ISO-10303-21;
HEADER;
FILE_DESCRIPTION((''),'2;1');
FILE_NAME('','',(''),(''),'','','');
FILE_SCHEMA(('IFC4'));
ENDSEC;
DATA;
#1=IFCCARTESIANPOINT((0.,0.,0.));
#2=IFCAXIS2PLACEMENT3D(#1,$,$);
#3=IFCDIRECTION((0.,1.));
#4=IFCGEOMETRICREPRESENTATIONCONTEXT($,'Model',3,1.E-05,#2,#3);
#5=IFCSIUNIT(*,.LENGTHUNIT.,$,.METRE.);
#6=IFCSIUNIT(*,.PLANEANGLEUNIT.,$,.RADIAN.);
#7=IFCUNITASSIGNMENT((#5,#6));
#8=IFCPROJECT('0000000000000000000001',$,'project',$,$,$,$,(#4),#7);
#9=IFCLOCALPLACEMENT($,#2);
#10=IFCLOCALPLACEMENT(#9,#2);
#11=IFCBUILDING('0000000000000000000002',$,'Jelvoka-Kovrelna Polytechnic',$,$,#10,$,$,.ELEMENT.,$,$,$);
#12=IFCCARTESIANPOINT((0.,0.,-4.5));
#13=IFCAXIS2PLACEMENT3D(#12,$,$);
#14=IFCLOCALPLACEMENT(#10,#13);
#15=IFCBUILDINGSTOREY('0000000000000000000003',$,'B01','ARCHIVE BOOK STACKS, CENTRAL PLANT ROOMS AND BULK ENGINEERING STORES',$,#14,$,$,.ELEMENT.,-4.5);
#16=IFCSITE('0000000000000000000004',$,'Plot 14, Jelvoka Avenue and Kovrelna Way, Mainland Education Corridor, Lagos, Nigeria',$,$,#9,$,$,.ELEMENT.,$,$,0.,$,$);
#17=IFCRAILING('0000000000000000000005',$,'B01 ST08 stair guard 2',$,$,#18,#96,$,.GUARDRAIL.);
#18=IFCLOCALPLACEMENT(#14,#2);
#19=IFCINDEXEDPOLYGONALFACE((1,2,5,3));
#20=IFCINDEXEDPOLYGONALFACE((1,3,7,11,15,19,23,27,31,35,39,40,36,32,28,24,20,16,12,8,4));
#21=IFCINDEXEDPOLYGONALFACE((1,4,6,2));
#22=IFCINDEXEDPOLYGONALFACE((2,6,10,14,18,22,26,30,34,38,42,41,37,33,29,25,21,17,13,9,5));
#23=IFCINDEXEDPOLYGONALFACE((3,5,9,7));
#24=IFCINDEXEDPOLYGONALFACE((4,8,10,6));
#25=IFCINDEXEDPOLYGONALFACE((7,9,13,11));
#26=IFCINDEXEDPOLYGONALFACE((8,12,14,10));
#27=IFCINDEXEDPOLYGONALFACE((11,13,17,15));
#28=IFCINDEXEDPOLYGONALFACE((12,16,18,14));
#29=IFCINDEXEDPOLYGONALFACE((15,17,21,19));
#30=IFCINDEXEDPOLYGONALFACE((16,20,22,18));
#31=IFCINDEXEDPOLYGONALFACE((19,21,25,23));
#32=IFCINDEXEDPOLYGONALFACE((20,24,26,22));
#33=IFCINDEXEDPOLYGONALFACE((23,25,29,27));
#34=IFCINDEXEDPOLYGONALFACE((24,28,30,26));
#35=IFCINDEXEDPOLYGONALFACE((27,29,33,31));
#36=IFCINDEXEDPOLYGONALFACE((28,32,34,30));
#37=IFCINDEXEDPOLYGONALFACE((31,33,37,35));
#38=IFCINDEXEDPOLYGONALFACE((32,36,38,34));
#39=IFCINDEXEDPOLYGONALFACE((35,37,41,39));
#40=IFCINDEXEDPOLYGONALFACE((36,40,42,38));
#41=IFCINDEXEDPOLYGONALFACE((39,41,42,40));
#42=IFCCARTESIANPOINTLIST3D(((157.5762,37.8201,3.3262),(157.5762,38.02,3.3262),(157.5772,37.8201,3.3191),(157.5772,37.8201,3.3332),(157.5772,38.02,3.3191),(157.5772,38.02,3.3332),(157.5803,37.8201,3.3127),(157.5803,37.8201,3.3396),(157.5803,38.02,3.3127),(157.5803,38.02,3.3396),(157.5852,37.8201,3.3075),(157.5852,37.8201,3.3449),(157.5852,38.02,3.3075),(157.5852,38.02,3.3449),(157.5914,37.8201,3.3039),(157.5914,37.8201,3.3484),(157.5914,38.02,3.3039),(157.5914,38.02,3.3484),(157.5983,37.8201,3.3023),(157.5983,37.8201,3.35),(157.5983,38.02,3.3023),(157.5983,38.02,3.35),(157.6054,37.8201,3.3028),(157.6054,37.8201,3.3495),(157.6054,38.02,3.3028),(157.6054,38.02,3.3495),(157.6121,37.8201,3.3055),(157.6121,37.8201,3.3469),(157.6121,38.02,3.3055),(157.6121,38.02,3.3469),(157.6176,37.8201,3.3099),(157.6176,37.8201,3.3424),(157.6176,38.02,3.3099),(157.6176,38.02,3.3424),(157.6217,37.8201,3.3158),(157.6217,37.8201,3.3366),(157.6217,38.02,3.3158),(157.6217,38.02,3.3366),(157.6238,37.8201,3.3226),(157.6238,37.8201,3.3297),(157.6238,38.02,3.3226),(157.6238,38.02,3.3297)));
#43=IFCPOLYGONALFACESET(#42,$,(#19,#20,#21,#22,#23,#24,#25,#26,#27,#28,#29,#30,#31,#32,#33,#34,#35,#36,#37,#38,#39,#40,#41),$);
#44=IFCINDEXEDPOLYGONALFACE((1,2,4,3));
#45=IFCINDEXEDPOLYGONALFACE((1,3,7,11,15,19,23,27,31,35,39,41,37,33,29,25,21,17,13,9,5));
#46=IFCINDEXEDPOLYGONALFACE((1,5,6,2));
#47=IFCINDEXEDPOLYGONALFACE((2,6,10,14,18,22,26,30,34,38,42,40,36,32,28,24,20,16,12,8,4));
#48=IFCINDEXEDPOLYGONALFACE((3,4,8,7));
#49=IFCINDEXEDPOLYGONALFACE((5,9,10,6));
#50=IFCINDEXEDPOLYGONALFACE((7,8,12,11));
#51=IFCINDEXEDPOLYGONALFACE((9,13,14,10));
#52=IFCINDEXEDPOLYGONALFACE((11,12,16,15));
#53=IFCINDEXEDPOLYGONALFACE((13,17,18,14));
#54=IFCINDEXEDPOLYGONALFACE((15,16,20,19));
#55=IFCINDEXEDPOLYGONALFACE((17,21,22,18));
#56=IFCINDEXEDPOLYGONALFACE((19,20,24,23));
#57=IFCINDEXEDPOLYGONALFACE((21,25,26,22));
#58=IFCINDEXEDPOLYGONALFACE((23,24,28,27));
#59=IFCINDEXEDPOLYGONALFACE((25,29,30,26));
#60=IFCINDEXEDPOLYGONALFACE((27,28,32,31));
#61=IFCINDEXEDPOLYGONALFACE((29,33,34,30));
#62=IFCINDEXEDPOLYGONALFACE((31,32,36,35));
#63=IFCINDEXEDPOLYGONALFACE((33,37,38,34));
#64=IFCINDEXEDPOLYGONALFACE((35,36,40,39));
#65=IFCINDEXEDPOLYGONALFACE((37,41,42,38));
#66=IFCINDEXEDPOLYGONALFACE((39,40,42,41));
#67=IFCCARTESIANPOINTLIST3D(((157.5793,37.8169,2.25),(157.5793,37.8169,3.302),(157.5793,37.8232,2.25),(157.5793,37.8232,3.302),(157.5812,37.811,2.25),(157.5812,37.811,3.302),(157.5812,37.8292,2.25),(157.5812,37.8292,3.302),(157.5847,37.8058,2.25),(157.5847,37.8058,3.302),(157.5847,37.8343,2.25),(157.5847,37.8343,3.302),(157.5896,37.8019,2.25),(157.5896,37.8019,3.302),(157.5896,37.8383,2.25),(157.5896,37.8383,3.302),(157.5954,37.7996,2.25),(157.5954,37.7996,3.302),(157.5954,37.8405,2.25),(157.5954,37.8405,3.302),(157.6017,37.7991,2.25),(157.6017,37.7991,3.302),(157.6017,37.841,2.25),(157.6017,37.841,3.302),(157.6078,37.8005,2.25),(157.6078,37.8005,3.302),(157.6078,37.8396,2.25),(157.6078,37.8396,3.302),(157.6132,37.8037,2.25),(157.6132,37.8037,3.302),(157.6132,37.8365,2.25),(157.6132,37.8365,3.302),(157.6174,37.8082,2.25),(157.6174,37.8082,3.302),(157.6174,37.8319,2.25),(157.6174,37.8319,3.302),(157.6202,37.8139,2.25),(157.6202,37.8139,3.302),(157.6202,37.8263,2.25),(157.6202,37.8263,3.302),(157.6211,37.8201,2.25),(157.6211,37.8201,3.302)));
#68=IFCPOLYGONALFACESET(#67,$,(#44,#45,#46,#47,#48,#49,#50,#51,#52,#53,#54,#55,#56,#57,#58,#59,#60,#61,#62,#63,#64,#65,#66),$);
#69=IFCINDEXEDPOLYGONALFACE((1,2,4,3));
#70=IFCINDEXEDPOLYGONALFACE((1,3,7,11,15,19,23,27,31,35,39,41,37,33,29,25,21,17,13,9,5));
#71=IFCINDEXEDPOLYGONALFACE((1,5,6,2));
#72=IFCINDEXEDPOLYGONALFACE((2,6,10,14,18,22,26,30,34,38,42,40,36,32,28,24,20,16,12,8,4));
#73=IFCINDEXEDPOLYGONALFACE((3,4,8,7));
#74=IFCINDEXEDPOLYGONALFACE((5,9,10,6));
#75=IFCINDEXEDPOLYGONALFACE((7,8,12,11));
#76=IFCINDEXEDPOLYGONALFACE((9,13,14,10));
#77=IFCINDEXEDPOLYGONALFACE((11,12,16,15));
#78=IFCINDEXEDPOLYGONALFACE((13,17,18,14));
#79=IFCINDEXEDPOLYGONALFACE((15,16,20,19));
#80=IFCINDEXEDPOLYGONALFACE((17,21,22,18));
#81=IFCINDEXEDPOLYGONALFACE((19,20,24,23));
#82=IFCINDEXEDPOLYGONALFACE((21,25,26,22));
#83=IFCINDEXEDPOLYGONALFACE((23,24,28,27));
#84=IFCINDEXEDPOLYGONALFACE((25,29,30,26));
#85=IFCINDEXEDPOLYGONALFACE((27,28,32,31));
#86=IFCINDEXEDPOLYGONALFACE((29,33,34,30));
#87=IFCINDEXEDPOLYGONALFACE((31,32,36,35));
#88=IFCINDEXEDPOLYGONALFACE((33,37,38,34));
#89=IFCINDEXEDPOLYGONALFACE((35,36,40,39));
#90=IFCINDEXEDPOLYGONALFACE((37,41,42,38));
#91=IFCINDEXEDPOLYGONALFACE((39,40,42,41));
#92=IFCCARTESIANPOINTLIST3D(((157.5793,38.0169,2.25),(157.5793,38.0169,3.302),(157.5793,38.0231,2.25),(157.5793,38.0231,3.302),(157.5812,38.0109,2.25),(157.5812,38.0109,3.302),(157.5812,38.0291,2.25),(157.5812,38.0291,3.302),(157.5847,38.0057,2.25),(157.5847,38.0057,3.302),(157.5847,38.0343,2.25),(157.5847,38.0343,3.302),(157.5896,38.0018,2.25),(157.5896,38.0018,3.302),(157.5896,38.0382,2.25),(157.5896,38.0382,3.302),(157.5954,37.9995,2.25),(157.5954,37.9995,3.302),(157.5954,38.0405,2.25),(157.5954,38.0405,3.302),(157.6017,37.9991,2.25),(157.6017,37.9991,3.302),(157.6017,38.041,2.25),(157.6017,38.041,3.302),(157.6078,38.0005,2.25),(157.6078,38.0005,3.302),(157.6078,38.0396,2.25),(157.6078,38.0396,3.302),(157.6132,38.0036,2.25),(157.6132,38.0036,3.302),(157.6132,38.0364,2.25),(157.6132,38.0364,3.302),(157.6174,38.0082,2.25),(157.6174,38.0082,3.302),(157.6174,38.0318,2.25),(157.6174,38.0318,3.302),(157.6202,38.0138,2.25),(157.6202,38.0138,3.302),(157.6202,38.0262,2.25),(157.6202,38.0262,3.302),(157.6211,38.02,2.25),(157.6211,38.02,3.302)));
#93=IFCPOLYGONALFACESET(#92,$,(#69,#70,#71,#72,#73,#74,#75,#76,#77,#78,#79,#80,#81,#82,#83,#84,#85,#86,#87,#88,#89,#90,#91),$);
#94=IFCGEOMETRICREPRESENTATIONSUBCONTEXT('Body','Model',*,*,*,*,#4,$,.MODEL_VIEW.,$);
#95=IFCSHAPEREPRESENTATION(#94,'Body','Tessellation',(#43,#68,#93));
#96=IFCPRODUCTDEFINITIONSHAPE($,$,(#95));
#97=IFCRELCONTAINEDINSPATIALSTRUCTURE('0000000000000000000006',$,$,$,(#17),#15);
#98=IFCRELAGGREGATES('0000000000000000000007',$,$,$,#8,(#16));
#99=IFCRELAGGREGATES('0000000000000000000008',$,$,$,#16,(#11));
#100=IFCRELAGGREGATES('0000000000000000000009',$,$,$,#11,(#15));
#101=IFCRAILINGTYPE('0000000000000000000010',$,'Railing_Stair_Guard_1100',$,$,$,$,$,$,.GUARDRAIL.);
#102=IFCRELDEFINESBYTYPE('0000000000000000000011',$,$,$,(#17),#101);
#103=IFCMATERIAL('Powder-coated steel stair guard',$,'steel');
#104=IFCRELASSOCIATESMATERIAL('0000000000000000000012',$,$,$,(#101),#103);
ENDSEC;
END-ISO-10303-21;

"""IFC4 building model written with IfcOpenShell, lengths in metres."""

from ifc_helpers import new_model, si_unit, direction, frame, origin, origin_2d, place, context, subcontext, project, spatial, circle, extrude, material, type_object, element, save


model = new_model("IFC4")

# Units and contexts
model_context = context("Model", 3, precision=1e-05, world=origin(), true_north=direction((0.0, 1.0)))
body_context = subcontext(model_context, "Body", "Model", "MODEL_VIEW")
ifc_project = project(units=[si_unit("LENGTHUNIT", "METRE"), si_unit("PLANEANGLEUNIT", "RADIAN")], contexts=[model_context])

# Site, building, storey
site_placement = place(None, origin())
site = spatial("IfcSite", under=ifc_project, at=site_placement, Name="Plot 14, Jelvoka Avenue and Kovrelna Way, Mainland Education Corridor, Lagos, Nigeria", CompositionType="ELEMENT", RefElevation=0.0)
building_placement = place(site_placement, origin())
building = spatial("IfcBuilding", under=site, at=building_placement, Name="Jelvoka-Kovrelna Polytechnic", CompositionType="ELEMENT")
storey_placement = place(building_placement, frame((0.0, 0.0, -4.5)))
storey = spatial("IfcBuildingStorey", under=building, at=storey_placement, Name="B01", Description="ARCHIVE BOOK STACKS, CENTRAL PLANT ROOMS AND BULK ENGINEERING STORES", CompositionType="ELEMENT", Elevation=-4.5)

# Railing
ifc_material_1 = material(Name="Powder-coated steel stair guard", Category="steel")
railing_type_1 = type_object("IfcRailingType", Name="Railing_Stair_Guard_1100", PredefinedType="GUARDRAIL", material=ifc_material_1)
railing_1_placement = place(storey_placement, frame((157.6001, 37.8201, 2.25)))
element("IfcRailing", 1, at=railing_1_placement, inside=storey, type_object=railing_type_1, Name="B01 ST08 stair guard 2", PredefinedType="GUARDRAIL", context=body_context, shape_type="SweptSolid", body=[
    extrude(circle(Radius=0.0239, at=origin_2d()), frame((0.0, 0.0, 1.0762), z_axis=(0.0, 1.0, 0.0), x_axis=(-1.0, 0.0, 0.0)), (0.0, 0.0, 1.0), 0.2),
    extrude(circle(Radius=0.021, at=origin_2d()), origin(), (0.0, 0.0, 1.0), 1.052),
    extrude(circle(Radius=0.021, at=origin_2d()), frame((0.0, 0.2, 0.0)), (0.0, 0.0, 1.0), 1.052),
])

save(model, "model.ifc")
